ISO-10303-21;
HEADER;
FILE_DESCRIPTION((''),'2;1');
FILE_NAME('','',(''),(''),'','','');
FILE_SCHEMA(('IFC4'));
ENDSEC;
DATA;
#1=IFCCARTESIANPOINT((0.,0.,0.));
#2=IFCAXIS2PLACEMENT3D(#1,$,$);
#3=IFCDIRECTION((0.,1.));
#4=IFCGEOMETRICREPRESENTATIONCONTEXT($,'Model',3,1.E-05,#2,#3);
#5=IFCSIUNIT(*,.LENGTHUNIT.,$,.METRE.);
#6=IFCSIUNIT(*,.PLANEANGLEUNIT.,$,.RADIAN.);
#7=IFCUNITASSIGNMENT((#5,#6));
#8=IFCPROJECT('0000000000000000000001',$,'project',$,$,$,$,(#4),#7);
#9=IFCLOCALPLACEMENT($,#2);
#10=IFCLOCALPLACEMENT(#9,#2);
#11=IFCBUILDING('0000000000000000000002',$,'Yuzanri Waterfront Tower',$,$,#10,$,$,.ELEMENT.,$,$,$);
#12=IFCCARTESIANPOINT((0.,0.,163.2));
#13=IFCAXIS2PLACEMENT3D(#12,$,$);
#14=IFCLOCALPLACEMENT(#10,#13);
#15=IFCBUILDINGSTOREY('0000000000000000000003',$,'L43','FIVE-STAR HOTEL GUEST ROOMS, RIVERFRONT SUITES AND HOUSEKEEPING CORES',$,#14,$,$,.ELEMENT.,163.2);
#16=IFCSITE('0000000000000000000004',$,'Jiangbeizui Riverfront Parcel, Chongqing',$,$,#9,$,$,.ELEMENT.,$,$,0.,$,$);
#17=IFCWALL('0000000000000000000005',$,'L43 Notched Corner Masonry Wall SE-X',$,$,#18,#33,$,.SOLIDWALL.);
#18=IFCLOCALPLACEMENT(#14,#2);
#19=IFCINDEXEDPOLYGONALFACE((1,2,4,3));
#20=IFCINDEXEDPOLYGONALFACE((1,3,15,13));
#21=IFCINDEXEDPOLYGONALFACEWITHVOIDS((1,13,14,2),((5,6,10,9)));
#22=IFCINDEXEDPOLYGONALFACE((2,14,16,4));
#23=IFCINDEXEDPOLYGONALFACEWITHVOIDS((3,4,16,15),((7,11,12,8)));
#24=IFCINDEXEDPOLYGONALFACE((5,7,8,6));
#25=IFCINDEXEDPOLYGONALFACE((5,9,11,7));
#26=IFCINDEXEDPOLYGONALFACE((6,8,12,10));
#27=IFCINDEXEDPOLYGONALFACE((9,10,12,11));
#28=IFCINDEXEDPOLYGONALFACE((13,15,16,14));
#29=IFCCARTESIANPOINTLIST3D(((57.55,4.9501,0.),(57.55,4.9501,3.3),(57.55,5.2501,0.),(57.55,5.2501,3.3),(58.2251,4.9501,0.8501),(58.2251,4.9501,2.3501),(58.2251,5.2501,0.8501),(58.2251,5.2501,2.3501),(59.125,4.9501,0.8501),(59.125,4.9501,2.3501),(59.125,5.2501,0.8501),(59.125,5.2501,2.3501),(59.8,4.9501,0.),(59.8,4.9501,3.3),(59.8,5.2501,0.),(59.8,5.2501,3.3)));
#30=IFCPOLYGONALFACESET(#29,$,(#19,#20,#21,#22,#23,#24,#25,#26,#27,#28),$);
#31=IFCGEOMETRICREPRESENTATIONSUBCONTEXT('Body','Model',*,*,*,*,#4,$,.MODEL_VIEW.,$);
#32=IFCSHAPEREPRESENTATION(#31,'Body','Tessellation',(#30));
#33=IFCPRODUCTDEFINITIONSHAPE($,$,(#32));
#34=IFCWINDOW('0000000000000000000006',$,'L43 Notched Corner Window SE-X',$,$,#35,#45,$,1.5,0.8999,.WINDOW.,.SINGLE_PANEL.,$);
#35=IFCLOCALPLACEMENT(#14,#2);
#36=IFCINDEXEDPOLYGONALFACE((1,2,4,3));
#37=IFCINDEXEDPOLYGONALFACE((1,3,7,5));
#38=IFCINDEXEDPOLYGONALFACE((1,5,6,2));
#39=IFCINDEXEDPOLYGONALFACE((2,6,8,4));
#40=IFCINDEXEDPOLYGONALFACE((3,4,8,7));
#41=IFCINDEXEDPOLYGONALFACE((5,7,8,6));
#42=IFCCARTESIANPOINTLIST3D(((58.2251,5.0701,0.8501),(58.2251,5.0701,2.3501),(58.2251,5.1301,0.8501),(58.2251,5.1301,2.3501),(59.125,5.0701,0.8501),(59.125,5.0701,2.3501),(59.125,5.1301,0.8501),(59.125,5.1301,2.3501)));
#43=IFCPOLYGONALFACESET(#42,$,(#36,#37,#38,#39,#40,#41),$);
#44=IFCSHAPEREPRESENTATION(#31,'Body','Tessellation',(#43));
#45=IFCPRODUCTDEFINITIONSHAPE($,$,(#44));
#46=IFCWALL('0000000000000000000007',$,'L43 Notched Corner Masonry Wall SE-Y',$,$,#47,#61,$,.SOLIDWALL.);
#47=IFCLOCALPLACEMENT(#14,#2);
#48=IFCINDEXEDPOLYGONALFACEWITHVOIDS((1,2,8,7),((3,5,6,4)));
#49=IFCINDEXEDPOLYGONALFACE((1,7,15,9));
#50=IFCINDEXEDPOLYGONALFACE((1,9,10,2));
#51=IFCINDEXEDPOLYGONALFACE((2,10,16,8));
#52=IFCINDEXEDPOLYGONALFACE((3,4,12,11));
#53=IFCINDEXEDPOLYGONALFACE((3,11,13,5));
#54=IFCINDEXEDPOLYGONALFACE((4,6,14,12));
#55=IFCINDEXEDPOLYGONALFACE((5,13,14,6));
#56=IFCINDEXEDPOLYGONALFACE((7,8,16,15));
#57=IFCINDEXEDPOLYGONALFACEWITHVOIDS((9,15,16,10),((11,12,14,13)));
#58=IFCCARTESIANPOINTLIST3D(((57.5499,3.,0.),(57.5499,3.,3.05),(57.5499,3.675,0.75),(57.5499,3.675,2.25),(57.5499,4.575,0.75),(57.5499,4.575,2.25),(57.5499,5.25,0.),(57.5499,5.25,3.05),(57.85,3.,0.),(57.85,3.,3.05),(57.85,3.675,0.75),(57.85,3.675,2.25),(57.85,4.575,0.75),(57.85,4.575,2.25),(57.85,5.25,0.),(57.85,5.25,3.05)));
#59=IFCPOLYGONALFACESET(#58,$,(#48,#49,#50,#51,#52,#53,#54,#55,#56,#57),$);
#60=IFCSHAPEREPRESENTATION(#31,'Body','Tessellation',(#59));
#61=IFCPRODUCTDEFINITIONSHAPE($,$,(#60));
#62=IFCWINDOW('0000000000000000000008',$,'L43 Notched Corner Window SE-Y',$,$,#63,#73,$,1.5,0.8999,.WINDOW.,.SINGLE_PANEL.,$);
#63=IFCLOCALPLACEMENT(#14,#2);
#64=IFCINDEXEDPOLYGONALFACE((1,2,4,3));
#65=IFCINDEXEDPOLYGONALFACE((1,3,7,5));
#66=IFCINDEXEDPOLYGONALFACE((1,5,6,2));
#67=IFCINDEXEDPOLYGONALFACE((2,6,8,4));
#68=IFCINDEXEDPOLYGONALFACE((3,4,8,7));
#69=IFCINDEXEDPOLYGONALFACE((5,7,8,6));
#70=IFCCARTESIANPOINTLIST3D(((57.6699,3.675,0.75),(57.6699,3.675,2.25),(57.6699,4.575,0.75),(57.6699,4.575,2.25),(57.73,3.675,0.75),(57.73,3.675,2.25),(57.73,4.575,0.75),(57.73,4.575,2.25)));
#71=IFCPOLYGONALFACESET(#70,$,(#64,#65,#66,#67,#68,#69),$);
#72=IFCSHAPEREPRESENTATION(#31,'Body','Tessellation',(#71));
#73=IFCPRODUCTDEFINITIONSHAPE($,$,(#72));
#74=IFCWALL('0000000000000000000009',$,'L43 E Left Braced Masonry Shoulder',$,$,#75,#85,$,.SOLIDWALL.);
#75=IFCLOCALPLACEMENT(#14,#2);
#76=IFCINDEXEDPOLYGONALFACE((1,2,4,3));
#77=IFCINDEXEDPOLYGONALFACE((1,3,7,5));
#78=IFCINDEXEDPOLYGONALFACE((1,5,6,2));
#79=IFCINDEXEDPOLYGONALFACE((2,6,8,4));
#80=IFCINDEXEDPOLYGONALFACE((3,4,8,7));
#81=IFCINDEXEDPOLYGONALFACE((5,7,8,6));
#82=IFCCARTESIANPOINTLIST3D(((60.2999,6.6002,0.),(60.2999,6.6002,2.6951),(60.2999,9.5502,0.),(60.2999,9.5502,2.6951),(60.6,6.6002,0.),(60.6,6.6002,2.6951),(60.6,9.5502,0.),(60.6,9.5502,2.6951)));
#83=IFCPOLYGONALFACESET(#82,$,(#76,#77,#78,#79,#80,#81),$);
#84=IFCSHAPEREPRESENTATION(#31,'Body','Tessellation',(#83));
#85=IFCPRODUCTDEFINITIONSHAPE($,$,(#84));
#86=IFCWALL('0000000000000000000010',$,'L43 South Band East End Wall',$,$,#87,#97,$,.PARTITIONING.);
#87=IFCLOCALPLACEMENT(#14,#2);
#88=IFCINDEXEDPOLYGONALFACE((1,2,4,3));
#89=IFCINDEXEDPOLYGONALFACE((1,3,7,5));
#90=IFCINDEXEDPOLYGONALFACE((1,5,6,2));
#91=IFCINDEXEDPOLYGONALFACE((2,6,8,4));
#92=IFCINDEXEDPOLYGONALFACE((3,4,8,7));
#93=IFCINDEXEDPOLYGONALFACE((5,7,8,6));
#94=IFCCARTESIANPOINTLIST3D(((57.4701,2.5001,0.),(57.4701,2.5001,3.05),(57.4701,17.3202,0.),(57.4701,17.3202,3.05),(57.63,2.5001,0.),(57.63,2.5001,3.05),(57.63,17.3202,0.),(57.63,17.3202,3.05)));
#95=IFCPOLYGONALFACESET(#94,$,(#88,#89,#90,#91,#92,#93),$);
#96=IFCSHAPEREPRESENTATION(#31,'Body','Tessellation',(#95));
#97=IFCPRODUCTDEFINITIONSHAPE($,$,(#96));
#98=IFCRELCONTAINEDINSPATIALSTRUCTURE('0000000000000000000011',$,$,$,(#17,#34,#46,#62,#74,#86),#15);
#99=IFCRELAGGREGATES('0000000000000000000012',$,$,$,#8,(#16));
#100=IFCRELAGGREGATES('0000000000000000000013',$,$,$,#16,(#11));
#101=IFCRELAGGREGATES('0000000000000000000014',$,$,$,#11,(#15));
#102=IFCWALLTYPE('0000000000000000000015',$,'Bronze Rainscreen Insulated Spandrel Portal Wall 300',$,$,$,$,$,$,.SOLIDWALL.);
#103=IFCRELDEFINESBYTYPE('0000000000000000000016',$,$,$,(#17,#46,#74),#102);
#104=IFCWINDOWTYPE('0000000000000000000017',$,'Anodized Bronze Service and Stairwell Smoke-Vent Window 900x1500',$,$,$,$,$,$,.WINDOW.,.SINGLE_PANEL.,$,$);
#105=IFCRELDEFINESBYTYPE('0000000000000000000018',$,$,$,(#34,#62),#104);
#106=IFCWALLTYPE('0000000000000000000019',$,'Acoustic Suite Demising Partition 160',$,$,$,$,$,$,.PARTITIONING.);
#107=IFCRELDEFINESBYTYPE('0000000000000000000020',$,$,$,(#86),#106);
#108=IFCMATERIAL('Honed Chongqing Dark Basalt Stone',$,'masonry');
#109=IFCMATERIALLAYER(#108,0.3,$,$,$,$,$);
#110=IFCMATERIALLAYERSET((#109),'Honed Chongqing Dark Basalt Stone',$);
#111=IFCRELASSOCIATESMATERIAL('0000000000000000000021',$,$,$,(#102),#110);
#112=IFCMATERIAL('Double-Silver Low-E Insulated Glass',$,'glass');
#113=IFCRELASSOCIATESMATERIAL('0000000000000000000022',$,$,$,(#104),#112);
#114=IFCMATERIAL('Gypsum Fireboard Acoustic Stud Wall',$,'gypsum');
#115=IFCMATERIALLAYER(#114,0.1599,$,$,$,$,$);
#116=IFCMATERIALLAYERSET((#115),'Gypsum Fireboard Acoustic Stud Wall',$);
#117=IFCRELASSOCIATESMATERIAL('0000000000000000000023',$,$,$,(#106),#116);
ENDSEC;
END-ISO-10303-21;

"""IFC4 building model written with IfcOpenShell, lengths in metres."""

from ifc_helpers import new_model, si_unit, direction, frame, frame_2d, origin, place, context, subcontext, project, spatial, rectangle, extrude, source, transform, mapped, material, layer, layer_set, type_object, element, fill, save


model = new_model("IFC4")

# Units and contexts
model_context = context("Model", 3, precision=1e-05, world=origin(), true_north=direction((0.0, 1.0)))
body_context = subcontext(model_context, "Body", "Model", "MODEL_VIEW")
ifc_project = project(units=[si_unit("LENGTHUNIT", "METRE"), si_unit("PLANEANGLEUNIT", "RADIAN")], contexts=[model_context])

# Site, building, storey
site_placement = place(None, origin())
site = spatial("IfcSite", under=ifc_project, at=site_placement, Name="Jiangbeizui Riverfront Parcel, Chongqing", CompositionType="ELEMENT", RefElevation=0.0)
building_placement = place(site_placement, origin())
building = spatial("IfcBuilding", under=site, at=building_placement, Name="Yuzanri Waterfront Tower", CompositionType="ELEMENT")
storey_placement = place(building_placement, frame((0.0, 0.0, 163.2)))
storey = spatial("IfcBuildingStorey", under=building, at=storey_placement, Name="L43", Description="FIVE-STAR HOTEL GUEST ROOMS, RIVERFRONT SUITES AND HOUSEKEEPING CORES", CompositionType="ELEMENT", Elevation=163.2)

# Walls, openings, windows
ifc_material_1 = material(Name="Honed Chongqing Dark Basalt Stone", Category="masonry")
ifc_layer_1 = layer(ifc_material_1, 0.3)
ifc_layer_set_1 = layer_set([ifc_layer_1], Name="Honed Chongqing Dark Basalt Stone")
wall_type_1 = type_object("IfcWallType", Name="Bronze Rainscreen Insulated Spandrel Portal Wall 300", PredefinedType="SOLIDWALL", material=ifc_layer_set_1)
wall_1_placement = place(storey_placement, frame((57.55, 5.1001, 0.0), z_axis=(0.0, 0.0, 1.0), x_axis=(1.0, 0.0, 0.0)))
wall_1 = element("IfcWall", 1, at=wall_1_placement, inside=storey, type_object=wall_type_1, Name="L43 Notched Corner Masonry Wall SE-X", PredefinedType="SOLIDWALL", context=body_context, shape_type="SweptSolid", body=[
    extrude(rectangle(XDim=2.25, YDim=0.3, at=frame_2d((1.125, 0.0))), origin(), (0.0, 0.0, 1.0), 3.3),
])
opening_1_placement = place(wall_1_placement, frame((0.675, 0.0, 0.8501)))
opening_1 = element("IfcOpeningElement", 2, at=opening_1_placement, cuts=wall_1, PredefinedType="OPENING", context=body_context, shape_type="SweptSolid", body=[
    extrude(rectangle(XDim=0.8999, YDim=1.5, at=frame_2d((0.45, 0.75))), frame((0.0, 0.165, 0.0), z_axis=(0.0, -1.0, 0.0), x_axis=(1.0, 0.0, 0.0)), (0.0, 0.0, 1.0), 0.3298),
])
ifc_material_2 = material(Name="Double-Silver Low-E Insulated Glass", Category="glass")
window_type = type_object("IfcWindowType", Name="Anodized Bronze Service and Stairwell Smoke-Vent Window 900x1500", PartitioningType="SINGLE_PANEL", PredefinedType="WINDOW", material=ifc_material_2)
shared_shape_1 = source(origin(), body_context, "Body", "SweptSolid", [
    extrude(rectangle(XDim=0.8999, YDim=1.5, at=frame_2d((0.45, 0.75))), frame((0.0, 0.03, 0.0), z_axis=(0.0, -1.0, 0.0), x_axis=(1.0, 0.0, 0.0)), (0.0, 0.0, 1.0), 0.0601),
])
window_1_placement = place(opening_1_placement, origin())
window_1 = element("IfcWindow", 3, at=window_1_placement, inside=storey, type_object=window_type, Name="L43 Notched Corner Window SE-X", OverallHeight=1.5, OverallWidth=0.8999, PartitioningType="SINGLE_PANEL", PredefinedType="WINDOW", context=body_context, shape_type="MappedRepresentation", body=[
    mapped(shared_shape_1, transform((0.0, 0.0, 0.0), scale=1.0)),
])
fill(opening_1, window_1)
wall_2_placement = place(storey_placement, frame((57.7, 3.0, 0.0), z_axis=(0.0, 0.0, 1.0), x_axis=(0.0, 1.0, 0.0)))
wall_2 = element("IfcWall", 4, at=wall_2_placement, inside=storey, type_object=wall_type_1, Name="L43 Notched Corner Masonry Wall SE-Y", PredefinedType="SOLIDWALL", context=body_context, shape_type="SweptSolid", body=[
    extrude(rectangle(XDim=2.25, YDim=0.3, at=frame_2d((1.125, 0.0))), origin(), (0.0, 0.0, 1.0), 3.05),
])
opening_2_placement = place(wall_2_placement, frame((0.675, 0.0, 0.75)))
opening_2 = element("IfcOpeningElement", 5, at=opening_2_placement, cuts=wall_2, PredefinedType="OPENING", context=body_context, shape_type="SweptSolid", body=[
    extrude(rectangle(XDim=0.8999, YDim=1.5, at=frame_2d((0.45, 0.75))), frame((0.0, 0.165, 0.0), z_axis=(0.0, -1.0, 0.0), x_axis=(1.0, 0.0, 0.0)), (0.0, 0.0, 1.0), 0.3298),
])
window_2_placement = place(opening_2_placement, origin())
window_2 = element("IfcWindow", 6, at=window_2_placement, inside=storey, type_object=window_type, Name="L43 Notched Corner Window SE-Y", OverallHeight=1.5, OverallWidth=0.8999, PartitioningType="SINGLE_PANEL", PredefinedType="WINDOW", context=body_context, shape_type="MappedRepresentation", body=[
    mapped(shared_shape_1, transform((0.0, 0.0, 0.0), scale=1.0)),
])
fill(opening_2, window_2)

# Walls
shared_shape_2 = source(origin(), body_context, "Body", "SweptSolid", [
    extrude(rectangle(XDim=2.95, YDim=0.3, at=frame_2d((1.4751, 0.0))), origin(), (0.0, 0.0, 1.0), 2.6951),
])
wall_3_placement = place(storey_placement, frame((60.45, 6.6001, 0.0), z_axis=(0.0, 0.0, 1.0), x_axis=(0.0, 1.0, 0.0)))
element("IfcWall", 7, at=wall_3_placement, inside=storey, type_object=wall_type_1, Name="L43 E Left Braced Masonry Shoulder", PredefinedType="SOLIDWALL", context=body_context, shape_type="MappedRepresentation", body=[
    mapped(shared_shape_2, transform((0.0, 0.0, 0.0), scale=1.0)),
])
ifc_material_3 = material(Name="Gypsum Fireboard Acoustic Stud Wall", Category="gypsum")
ifc_layer_2 = layer(ifc_material_3, 0.1599)
ifc_layer_set_2 = layer_set([ifc_layer_2], Name="Gypsum Fireboard Acoustic Stud Wall")
wall_type_2 = type_object("IfcWallType", Name="Acoustic Suite Demising Partition 160", PredefinedType="PARTITIONING", material=ifc_layer_set_2)
shared_shape_3 = source(origin(), body_context, "Body", "SweptSolid", [
    extrude(rectangle(XDim=14.8201, YDim=0.1599, at=frame_2d((7.4102, 0.0))), origin(), (0.0, 0.0, 1.0), 3.05),
])
wall_4_placement = place(storey_placement, frame((57.55, 2.5, 0.0), z_axis=(0.0, 0.0, 1.0), x_axis=(0.0, 1.0, 0.0)))
element("IfcWall", 8, at=wall_4_placement, inside=storey, type_object=wall_type_2, Name="L43 South Band East End Wall", PredefinedType="PARTITIONING", context=body_context, shape_type="MappedRepresentation", body=[
    mapped(shared_shape_3, transform((0.0, 0.0, 0.0), scale=1.0)),
])

save(model, "model.ifc")
